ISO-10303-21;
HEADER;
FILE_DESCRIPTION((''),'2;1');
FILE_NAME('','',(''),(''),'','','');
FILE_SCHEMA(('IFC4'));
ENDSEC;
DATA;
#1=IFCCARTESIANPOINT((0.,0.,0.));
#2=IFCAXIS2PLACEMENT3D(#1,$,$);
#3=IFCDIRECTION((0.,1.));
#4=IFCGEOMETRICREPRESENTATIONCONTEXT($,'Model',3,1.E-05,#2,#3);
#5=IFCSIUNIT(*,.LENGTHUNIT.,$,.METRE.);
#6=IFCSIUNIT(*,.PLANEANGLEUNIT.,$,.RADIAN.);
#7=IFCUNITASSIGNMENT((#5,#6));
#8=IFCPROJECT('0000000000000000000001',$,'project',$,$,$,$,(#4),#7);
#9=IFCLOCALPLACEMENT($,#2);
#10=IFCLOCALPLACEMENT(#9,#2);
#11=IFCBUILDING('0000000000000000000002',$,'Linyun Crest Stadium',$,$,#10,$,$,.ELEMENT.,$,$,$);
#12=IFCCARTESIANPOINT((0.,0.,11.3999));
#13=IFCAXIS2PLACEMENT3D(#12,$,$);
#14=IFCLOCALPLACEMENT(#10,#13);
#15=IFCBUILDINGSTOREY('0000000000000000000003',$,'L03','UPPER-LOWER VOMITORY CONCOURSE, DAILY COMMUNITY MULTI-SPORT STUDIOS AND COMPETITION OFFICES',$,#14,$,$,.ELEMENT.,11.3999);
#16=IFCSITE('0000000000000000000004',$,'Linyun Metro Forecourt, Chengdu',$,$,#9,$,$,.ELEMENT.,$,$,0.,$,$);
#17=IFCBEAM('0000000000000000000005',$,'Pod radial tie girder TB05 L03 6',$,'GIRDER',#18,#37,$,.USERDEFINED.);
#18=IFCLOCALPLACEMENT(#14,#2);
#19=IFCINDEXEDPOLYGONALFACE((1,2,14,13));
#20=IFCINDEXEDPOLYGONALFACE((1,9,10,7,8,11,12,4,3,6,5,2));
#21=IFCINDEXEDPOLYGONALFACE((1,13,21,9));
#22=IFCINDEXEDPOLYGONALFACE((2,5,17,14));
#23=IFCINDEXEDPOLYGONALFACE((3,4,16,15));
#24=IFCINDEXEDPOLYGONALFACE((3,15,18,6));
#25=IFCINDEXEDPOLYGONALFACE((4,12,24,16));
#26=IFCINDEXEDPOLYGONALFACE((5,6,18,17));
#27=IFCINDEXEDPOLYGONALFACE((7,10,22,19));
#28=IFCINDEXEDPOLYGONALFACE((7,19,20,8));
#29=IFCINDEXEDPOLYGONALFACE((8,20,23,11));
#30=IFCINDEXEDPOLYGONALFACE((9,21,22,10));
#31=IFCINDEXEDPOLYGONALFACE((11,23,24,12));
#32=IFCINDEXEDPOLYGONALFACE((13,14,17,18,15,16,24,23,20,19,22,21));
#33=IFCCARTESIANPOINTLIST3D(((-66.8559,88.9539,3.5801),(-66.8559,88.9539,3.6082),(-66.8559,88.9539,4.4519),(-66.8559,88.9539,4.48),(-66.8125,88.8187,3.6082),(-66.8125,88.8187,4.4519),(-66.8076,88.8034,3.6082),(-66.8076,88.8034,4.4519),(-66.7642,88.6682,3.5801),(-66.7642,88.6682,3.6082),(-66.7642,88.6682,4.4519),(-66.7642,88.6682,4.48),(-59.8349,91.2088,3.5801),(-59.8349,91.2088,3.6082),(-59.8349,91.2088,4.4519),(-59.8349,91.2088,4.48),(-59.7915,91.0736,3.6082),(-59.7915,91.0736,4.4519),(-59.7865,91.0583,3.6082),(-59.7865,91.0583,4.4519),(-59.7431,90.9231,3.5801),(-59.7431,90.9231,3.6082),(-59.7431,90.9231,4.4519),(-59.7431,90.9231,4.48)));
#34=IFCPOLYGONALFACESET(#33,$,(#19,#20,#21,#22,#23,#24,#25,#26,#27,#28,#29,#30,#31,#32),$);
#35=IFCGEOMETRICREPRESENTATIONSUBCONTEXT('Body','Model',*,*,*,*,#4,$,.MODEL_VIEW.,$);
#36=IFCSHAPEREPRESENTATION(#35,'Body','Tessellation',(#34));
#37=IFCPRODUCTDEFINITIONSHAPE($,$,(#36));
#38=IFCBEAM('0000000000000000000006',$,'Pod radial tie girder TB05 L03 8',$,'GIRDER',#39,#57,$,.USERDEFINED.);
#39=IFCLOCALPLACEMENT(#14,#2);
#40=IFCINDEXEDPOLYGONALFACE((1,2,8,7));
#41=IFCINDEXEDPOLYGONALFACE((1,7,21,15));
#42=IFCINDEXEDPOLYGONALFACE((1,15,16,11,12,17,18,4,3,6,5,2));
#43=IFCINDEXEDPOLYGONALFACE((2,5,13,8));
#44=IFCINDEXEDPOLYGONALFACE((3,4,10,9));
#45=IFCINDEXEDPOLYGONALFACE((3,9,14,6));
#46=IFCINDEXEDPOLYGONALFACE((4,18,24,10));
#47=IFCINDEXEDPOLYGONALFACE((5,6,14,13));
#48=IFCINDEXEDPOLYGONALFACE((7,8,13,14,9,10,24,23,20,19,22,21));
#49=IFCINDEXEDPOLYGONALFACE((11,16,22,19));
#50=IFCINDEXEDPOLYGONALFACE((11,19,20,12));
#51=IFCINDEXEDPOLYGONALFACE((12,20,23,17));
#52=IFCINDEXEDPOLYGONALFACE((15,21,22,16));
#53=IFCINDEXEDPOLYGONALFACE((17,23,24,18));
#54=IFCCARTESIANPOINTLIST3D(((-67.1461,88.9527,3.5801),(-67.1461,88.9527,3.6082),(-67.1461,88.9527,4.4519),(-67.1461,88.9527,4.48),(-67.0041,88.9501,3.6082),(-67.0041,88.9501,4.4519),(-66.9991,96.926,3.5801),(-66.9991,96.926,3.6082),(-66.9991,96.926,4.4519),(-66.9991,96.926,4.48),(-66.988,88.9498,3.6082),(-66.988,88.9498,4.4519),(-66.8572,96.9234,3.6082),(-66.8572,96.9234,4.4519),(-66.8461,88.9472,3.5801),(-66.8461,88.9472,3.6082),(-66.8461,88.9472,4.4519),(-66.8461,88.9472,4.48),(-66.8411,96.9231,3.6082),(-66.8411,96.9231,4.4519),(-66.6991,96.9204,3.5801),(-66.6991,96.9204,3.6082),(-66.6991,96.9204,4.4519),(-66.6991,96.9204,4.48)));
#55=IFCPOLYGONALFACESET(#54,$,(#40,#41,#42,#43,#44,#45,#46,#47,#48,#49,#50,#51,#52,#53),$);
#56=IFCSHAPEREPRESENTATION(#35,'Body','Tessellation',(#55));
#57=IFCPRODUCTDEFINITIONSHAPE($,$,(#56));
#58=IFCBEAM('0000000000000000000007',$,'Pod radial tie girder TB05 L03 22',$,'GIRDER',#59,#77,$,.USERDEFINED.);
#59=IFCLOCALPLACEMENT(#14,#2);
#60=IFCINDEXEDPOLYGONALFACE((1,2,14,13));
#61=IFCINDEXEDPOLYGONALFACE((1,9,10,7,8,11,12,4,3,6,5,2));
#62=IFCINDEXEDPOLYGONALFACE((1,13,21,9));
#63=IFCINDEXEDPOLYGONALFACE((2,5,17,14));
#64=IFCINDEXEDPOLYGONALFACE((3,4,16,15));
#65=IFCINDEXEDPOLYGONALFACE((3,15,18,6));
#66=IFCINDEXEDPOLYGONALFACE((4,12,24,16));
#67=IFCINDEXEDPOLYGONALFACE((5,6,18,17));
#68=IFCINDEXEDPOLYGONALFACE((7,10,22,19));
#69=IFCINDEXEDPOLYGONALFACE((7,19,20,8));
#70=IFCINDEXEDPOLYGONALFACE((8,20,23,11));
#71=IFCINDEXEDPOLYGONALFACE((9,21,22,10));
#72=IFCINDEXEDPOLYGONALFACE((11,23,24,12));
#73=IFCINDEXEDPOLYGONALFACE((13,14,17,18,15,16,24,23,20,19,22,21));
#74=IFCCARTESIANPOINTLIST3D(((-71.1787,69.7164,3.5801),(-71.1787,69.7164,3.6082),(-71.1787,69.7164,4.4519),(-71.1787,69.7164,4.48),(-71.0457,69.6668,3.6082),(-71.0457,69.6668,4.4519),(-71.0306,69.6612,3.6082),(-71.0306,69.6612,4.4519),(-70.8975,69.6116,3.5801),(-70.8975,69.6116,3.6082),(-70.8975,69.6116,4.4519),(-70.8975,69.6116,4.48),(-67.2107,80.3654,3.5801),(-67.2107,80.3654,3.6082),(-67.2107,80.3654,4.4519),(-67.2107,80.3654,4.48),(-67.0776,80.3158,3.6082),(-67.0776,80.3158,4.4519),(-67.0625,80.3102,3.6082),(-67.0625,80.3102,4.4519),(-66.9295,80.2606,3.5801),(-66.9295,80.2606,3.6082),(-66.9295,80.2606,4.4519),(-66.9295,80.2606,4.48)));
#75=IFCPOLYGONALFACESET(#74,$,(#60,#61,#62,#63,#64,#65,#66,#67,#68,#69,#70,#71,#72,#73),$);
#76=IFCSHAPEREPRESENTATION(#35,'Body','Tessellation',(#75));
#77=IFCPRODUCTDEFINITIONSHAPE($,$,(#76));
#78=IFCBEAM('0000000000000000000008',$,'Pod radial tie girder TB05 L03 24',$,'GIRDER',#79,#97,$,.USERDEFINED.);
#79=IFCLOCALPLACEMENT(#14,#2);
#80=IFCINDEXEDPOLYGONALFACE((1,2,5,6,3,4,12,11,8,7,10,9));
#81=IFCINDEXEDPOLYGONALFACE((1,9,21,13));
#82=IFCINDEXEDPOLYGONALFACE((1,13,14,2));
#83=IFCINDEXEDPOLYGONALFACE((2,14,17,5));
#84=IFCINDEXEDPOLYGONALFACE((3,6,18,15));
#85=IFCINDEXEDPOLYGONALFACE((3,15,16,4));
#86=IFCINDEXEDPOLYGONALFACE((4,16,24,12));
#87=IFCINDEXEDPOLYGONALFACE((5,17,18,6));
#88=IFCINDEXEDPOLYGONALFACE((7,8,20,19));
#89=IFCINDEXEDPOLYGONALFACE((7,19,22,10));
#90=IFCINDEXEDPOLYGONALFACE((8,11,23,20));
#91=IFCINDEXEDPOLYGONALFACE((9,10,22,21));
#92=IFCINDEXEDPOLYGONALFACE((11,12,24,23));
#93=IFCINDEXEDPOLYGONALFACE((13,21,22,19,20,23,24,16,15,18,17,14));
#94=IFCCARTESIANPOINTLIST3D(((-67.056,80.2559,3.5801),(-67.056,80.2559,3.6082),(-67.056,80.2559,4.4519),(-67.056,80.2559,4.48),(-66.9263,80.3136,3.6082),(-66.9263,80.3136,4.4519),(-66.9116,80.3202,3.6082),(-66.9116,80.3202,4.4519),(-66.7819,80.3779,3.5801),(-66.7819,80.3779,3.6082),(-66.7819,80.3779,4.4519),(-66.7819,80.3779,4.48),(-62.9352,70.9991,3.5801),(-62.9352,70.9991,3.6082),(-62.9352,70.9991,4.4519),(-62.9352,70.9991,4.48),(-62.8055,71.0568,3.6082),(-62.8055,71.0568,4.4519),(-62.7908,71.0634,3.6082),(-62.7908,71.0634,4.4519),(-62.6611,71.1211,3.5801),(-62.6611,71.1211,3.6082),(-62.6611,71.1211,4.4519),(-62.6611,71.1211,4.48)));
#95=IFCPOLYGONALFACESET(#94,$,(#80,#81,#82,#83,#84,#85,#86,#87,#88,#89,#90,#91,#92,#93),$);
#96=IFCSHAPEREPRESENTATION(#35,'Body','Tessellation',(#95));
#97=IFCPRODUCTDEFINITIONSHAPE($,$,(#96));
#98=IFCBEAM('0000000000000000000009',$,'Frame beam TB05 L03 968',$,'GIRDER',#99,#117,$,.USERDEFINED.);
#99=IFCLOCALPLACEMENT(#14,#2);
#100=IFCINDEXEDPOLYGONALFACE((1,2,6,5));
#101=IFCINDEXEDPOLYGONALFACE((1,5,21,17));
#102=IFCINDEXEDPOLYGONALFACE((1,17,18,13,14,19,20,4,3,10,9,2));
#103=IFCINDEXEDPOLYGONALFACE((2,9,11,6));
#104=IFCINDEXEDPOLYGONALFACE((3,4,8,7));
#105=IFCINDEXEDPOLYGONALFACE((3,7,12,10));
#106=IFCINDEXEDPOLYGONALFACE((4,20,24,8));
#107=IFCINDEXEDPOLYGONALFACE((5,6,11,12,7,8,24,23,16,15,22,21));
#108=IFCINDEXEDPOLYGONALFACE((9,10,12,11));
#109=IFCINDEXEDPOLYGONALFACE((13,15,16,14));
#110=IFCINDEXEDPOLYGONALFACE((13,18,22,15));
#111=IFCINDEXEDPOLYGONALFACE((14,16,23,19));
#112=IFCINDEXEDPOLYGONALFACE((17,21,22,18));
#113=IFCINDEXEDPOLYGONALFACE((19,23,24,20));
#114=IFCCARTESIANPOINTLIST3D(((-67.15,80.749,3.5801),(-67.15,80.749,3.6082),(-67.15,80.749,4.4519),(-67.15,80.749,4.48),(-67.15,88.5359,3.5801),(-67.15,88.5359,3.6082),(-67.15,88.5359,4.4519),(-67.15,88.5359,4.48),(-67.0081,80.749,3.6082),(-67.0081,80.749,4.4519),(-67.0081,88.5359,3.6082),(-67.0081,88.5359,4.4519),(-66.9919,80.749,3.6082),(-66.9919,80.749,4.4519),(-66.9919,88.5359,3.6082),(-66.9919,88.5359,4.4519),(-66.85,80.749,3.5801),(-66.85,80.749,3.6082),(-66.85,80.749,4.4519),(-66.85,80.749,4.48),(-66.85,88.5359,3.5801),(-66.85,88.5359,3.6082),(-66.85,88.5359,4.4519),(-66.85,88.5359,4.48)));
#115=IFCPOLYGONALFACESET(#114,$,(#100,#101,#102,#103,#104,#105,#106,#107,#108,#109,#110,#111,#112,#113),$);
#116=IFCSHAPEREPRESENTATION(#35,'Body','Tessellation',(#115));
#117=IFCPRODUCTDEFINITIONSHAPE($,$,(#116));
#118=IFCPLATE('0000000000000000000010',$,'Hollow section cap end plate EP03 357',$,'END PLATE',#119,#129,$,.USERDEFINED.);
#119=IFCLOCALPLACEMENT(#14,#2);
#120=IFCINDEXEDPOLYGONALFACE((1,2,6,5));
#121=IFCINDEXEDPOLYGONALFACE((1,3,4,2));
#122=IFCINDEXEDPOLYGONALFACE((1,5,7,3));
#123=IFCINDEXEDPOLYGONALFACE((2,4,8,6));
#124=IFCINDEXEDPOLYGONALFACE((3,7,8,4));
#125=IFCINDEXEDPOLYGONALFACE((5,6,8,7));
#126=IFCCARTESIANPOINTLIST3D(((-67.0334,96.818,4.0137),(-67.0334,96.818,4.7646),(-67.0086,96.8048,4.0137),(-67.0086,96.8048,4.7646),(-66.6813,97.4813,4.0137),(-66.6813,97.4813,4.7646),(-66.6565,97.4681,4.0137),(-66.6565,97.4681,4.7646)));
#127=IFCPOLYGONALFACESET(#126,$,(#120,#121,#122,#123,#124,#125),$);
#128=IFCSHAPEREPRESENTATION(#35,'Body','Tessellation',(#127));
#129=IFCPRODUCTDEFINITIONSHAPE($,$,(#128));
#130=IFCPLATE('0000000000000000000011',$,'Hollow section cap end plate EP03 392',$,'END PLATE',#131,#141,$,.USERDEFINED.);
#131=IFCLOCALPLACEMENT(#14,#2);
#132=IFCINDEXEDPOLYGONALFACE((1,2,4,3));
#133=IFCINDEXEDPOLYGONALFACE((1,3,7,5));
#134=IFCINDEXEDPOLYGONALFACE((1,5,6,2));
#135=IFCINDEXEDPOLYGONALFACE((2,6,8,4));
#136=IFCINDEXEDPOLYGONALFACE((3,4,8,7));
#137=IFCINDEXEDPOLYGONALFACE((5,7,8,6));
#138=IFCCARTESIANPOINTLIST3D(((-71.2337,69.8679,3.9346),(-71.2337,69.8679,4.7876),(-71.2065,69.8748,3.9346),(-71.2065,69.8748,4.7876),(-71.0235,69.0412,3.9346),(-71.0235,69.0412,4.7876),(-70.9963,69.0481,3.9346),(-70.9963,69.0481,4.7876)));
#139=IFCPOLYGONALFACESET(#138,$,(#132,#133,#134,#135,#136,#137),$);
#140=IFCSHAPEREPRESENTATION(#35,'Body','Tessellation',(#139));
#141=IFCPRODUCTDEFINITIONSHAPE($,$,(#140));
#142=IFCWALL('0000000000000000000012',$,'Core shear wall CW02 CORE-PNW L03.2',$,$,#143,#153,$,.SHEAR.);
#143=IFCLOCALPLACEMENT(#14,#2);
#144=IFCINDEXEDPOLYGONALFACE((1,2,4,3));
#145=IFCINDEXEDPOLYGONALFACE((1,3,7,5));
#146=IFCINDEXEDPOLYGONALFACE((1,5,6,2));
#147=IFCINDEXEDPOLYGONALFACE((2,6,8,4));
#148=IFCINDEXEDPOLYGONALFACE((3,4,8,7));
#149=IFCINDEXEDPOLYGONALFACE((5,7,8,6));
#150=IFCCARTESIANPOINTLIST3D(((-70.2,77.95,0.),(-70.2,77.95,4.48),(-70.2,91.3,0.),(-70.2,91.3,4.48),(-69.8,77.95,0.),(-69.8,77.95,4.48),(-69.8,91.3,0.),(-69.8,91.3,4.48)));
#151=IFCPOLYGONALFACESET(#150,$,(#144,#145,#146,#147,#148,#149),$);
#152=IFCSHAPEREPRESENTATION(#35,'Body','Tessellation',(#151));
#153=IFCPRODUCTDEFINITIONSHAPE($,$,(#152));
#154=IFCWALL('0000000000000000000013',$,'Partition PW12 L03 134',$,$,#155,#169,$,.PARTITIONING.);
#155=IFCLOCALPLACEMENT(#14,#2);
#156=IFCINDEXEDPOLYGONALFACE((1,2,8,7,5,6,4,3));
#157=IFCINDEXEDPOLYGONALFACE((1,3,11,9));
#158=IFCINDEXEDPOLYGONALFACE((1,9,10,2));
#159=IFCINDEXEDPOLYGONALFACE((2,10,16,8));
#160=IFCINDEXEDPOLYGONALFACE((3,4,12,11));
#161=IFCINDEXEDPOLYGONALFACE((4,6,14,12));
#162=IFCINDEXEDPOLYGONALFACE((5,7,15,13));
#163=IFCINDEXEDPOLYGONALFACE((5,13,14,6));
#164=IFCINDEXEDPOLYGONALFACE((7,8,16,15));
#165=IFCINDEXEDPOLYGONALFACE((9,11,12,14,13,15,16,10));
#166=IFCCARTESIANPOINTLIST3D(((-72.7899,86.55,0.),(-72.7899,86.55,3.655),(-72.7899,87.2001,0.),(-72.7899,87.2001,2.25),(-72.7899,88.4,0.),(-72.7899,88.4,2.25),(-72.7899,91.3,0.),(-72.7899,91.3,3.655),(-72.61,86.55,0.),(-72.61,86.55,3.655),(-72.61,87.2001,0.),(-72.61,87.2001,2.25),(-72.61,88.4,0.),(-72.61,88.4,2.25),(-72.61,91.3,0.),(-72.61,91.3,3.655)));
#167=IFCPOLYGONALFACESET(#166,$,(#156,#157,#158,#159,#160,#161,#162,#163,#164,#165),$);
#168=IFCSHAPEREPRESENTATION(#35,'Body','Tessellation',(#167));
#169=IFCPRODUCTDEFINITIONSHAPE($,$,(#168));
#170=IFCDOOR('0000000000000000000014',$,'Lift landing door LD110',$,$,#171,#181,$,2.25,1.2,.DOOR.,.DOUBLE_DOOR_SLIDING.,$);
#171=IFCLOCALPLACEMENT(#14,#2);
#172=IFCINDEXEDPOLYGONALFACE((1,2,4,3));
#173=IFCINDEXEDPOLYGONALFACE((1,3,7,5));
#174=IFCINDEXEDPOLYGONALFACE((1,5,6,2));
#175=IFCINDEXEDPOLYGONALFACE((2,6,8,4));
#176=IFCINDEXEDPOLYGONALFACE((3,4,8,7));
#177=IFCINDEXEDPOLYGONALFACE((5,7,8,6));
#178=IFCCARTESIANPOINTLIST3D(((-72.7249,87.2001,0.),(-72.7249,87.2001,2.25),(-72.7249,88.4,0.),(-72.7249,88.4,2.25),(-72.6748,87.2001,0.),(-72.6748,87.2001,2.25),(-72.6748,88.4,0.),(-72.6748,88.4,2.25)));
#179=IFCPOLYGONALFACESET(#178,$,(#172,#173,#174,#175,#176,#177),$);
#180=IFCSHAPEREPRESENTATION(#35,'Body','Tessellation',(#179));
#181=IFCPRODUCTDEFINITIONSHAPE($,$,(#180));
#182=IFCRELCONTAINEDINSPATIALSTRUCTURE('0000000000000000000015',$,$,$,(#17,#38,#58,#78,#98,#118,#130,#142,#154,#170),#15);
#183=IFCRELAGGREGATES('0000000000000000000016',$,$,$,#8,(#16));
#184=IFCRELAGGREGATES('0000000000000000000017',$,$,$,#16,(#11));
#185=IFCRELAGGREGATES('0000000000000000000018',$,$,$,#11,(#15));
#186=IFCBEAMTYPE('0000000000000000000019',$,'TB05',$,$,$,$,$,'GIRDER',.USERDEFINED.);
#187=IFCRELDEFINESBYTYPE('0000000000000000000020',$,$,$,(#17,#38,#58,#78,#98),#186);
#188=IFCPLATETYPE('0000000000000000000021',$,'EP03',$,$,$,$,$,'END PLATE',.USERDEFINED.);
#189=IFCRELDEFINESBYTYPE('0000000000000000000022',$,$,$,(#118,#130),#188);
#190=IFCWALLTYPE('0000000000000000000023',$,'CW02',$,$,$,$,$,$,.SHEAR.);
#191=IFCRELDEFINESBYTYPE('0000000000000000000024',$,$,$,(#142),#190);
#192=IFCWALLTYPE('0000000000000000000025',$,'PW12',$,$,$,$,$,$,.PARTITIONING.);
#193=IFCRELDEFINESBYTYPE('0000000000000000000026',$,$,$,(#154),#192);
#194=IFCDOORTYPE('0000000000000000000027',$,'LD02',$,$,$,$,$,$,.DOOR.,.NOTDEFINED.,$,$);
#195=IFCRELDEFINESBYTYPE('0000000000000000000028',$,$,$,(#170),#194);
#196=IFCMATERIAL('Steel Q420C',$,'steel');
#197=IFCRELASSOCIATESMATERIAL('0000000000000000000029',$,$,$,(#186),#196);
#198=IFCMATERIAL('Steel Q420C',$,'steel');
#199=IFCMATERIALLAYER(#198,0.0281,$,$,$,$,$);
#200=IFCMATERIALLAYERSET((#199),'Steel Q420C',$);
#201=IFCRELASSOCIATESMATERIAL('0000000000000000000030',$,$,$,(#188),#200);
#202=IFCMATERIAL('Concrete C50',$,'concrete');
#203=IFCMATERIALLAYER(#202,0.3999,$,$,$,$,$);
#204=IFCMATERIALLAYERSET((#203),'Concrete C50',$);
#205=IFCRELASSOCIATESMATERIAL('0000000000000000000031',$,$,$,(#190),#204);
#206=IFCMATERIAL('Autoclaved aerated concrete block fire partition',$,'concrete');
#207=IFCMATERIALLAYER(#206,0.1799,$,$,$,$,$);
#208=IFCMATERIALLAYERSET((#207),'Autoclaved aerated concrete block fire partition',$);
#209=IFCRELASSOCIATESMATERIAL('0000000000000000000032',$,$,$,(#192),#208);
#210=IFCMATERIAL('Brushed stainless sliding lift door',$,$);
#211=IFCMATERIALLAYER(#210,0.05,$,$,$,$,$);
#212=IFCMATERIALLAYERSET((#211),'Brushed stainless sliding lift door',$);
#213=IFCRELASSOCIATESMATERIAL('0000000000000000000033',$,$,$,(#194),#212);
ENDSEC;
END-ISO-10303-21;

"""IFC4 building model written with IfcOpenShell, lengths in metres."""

from ifc_helpers import new_model, si_unit, direction, frame, frame_2d, origin, origin_2d, place, context, subcontext, project, spatial, rectangle, i_section, extrude, material, layer, layer_set, material_profile, profile_set, type_object, element, fill, save


model = new_model("IFC4")

# Units and contexts
model_context = context("Model", 3, precision=1e-05, world=origin(), true_north=direction((0.0, 1.0)))
body_context = subcontext(model_context, "Body", "Model", "MODEL_VIEW")
ifc_project = project(units=[si_unit("LENGTHUNIT", "METRE"), si_unit("PLANEANGLEUNIT", "RADIAN")], contexts=[model_context])

# Site, building, storey
site_placement = place(None, origin())
site = spatial("IfcSite", under=ifc_project, at=site_placement, Name="Linyun Metro Forecourt, Chengdu", CompositionType="ELEMENT", RefElevation=0.0)
building_placement = place(site_placement, origin())
building = spatial("IfcBuilding", under=site, at=building_placement, Name="Linyun Crest Stadium", CompositionType="ELEMENT")
storey_placement = place(building_placement, frame((0.0, 0.0, 11.3999)))
storey = spatial("IfcBuildingStorey", under=building, at=storey_placement, Name="L03", Description="UPPER-LOWER VOMITORY CONCOURSE, DAILY COMMUNITY MULTI-SPORT STUDIOS AND COMPETITION OFFICES", CompositionType="ELEMENT", Elevation=11.3999)

# Beams
ifc_material_1 = material(Name="Steel Q420C", Category="steel")
ifc_material_profile_1 = material_profile(ifc_material_1, i_section(OverallWidth=0.3, OverallDepth=0.8999, WebThickness=0.0161, FlangeThickness=0.0281, at=origin_2d()), Name="HN 900x300")
ifc_profile_set_1 = profile_set([ifc_material_profile_1], Name="Steel Q420C")
beam_type_1 = type_object("IfcBeamType", Name="TB05", ElementType="GIRDER", PredefinedType="USERDEFINED", material=ifc_profile_set_1)
beam_1_placement = place(storey_placement, frame((-66.8101, 88.811, 4.03), z_axis=(0.952102, 0.30578, 0.0), x_axis=(-0.30578, 0.952102, 0.0)))
element("IfcBeam", 1, at=beam_1_placement, inside=storey, type_object=beam_type_1, Name="Pod radial tie girder TB05 L03 6", ObjectType="GIRDER", PredefinedType="USERDEFINED", context=body_context, shape_type="SweptSolid", body=[
    extrude(i_section(OverallWidth=0.3, OverallDepth=0.8999, WebThickness=0.0161, FlangeThickness=0.0281, at=origin_2d()), origin(), (0.0, 0.0, 1.0), 7.3743),
])
beam_2_placement = place(storey_placement, frame((-66.9961, 88.95, 4.03), z_axis=(0.01843, 0.99983, 0.0), x_axis=(-0.99983, 0.01843, 0.0)))
element("IfcBeam", 2, at=beam_2_placement, inside=storey, type_object=beam_type_1, Name="Pod radial tie girder TB05 L03 8", ObjectType="GIRDER", PredefinedType="USERDEFINED", context=body_context, shape_type="SweptSolid", body=[
    extrude(i_section(OverallWidth=0.3, OverallDepth=0.8999, WebThickness=0.0161, FlangeThickness=0.0281, at=origin_2d()), origin(), (0.0, 0.0, 1.0), 7.9746),
])
beam_3_placement = place(storey_placement, frame((-67.0701, 80.313, 4.03), z_axis=(-0.349169, -0.93706, 0.0), x_axis=(0.93706, -0.349169, 0.0)))
element("IfcBeam", 3, at=beam_3_placement, inside=storey, type_object=beam_type_1, Name="Pod radial tie girder TB05 L03 22", ObjectType="GIRDER", PredefinedType="USERDEFINED", context=body_context, shape_type="SweptSolid", body=[
    extrude(i_section(OverallWidth=0.3, OverallDepth=0.8999, WebThickness=0.0161, FlangeThickness=0.0281, at=origin_2d()), origin(), (0.0, 0.0, 1.0), 11.3643),
])
beam_4_placement = place(storey_placement, frame((-66.9189, 80.3169, 4.03), z_axis=(0.406691, -0.913566, 0.0), x_axis=(0.913566, 0.406691, 0.0)))
element("IfcBeam", 4, at=beam_4_placement, inside=storey, type_object=beam_type_1, Name="Pod radial tie girder TB05 L03 24", ObjectType="GIRDER", PredefinedType="USERDEFINED", context=body_context, shape_type="SweptSolid", body=[
    extrude(i_section(OverallWidth=0.3, OverallDepth=0.8999, WebThickness=0.0161, FlangeThickness=0.0281, at=origin_2d()), origin(), (0.0, 0.0, 1.0), 10.1326),
])
beam_5_placement = place(storey_placement, frame((-67.0, 80.749, 4.03), z_axis=(0.0, 1.0, 0.0), x_axis=(-1.0, 0.0, 0.0)))
element("IfcBeam", 5, at=beam_5_placement, inside=storey, type_object=beam_type_1, Name="Frame beam TB05 L03 968", ObjectType="GIRDER", PredefinedType="USERDEFINED", context=body_context, shape_type="SweptSolid", body=[
    extrude(i_section(OverallWidth=0.3, OverallDepth=0.8999, WebThickness=0.0161, FlangeThickness=0.0281, at=origin_2d()), origin(), (0.0, 0.0, 1.0), 7.7869),
])

# Plates
ifc_material_2 = material(Name="Steel Q420C", Category="steel")
ifc_layer_1 = layer(ifc_material_2, 0.0281)
ifc_layer_set_1 = layer_set([ifc_layer_1], Name="Steel Q420C")
plate_type = type_object("IfcPlateType", Name="EP03", ElementType="END PLATE", PredefinedType="USERDEFINED", material=ifc_layer_set_1)
plate_1_placement = place(storey_placement, frame((-66.845, 97.1431, 4.0137), z_axis=(0.0, 0.0, 1.0), x_axis=(0.468855, 0.883275, 0.0)))
element("IfcPlate", 6, at=plate_1_placement, inside=storey, type_object=plate_type, Name="Hollow section cap end plate EP03 357", ObjectType="END PLATE", PredefinedType="USERDEFINED", context=body_context, shape_type="SweptSolid", body=[
    extrude(rectangle(XDim=0.751, YDim=0.0281, at=origin_2d()), origin(), (0.0, 0.0, 1.0), 0.751),
])
plate_2_placement = place(storey_placement, frame((-71.115, 69.458, 3.9346), z_axis=(0.0, 0.0, 1.0), x_axis=(0.246492, -0.969145, 0.0)))
element("IfcPlate", 7, at=plate_2_placement, inside=storey, type_object=plate_type, Name="Hollow section cap end plate EP03 392", ObjectType="END PLATE", PredefinedType="USERDEFINED", context=body_context, shape_type="SweptSolid", body=[
    extrude(rectangle(XDim=0.853, YDim=0.0281, at=origin_2d()), origin(), (0.0, 0.0, 1.0), 0.853),
])

# Wall
ifc_material_3 = material(Name="Concrete C50", Category="concrete")
ifc_layer_2 = layer(ifc_material_3, 0.3999)
ifc_layer_set_2 = layer_set([ifc_layer_2], Name="Concrete C50")
wall_type_1 = type_object("IfcWallType", Name="CW02", PredefinedType="SHEAR", material=ifc_layer_set_2)
wall_1_placement = place(storey_placement, frame((-70.0, 77.95, 0.0), z_axis=(0.0, 0.0, 1.0), x_axis=(0.0, 1.0, 0.0)))
element("IfcWall", 8, at=wall_1_placement, inside=storey, type_object=wall_type_1, Name="Core shear wall CW02 CORE-PNW L03.2", PredefinedType="SHEAR", context=body_context, shape_type="SweptSolid", body=[
    extrude(rectangle(XDim=13.3501, YDim=0.3999, at=frame_2d((6.675, 0.0))), origin(), (0.0, 0.0, 1.0), 4.48),
])

# Wall, opening, door
ifc_material_4 = material(Name="Autoclaved aerated concrete block fire partition", Category="concrete")
ifc_layer_3 = layer(ifc_material_4, 0.1799)
ifc_layer_set_3 = layer_set([ifc_layer_3], Name="Autoclaved aerated concrete block fire partition")
wall_type_2 = type_object("IfcWallType", Name="PW12", PredefinedType="PARTITIONING", material=ifc_layer_set_3)
wall_2_placement = place(storey_placement, frame((-72.7, 86.55, 0.0), z_axis=(0.0, 0.0, 1.0), x_axis=(0.0, 1.0, 0.0)))
wall_2 = element("IfcWall", 9, at=wall_2_placement, inside=storey, type_object=wall_type_2, Name="Partition PW12 L03 134", PredefinedType="PARTITIONING", context=body_context, shape_type="SweptSolid", body=[
    extrude(rectangle(XDim=4.75, YDim=0.1799, at=frame_2d((2.375, 0.0))), origin(), (0.0, 0.0, 1.0), 3.655),
])
opening_1_placement = place(wall_2_placement, frame((0.6499, 0.0, 0.0)))
opening_1 = element("IfcOpeningElement", 10, at=opening_1_placement, cuts=wall_2, PredefinedType="OPENING", context=body_context, shape_type="SweptSolid", body=[
    extrude(rectangle(XDim=1.2, YDim=2.25, at=frame_2d((0.6001, 1.125))), frame((0.0, 0.0999, 0.0), z_axis=(0.0, -1.0, 0.0), x_axis=(1.0, 0.0, 0.0)), (0.0, 0.0, 1.0), 0.2),
])
ifc_material_5 = material(Name="Brushed stainless sliding lift door")
ifc_layer_4 = layer(ifc_material_5, 0.05)
ifc_layer_set_4 = layer_set([ifc_layer_4], Name="Brushed stainless sliding lift door")
door_type_1 = type_object("IfcDoorType", Name="LD02", OperationType="NOTDEFINED", PredefinedType="DOOR", material=ifc_layer_set_4)
door_1_placement = place(opening_1_placement, origin())
door_1 = element("IfcDoor", 11, at=door_1_placement, inside=storey, type_object=door_type_1, Name="Lift landing door LD110", OperationType="DOUBLE_DOOR_SLIDING", OverallHeight=2.25, OverallWidth=1.2, PredefinedType="DOOR", context=body_context, shape_type="SweptSolid", body=[
    extrude(rectangle(XDim=1.2, YDim=2.25, at=frame_2d((0.6001, 1.125))), frame((0.0, 0.0249, 0.0), z_axis=(0.0, -1.0, 0.0), x_axis=(1.0, 0.0, 0.0)), (0.0, 0.0, 1.0), 0.05),
])
fill(opening_1, door_1)

save(model, "model.ifc")
